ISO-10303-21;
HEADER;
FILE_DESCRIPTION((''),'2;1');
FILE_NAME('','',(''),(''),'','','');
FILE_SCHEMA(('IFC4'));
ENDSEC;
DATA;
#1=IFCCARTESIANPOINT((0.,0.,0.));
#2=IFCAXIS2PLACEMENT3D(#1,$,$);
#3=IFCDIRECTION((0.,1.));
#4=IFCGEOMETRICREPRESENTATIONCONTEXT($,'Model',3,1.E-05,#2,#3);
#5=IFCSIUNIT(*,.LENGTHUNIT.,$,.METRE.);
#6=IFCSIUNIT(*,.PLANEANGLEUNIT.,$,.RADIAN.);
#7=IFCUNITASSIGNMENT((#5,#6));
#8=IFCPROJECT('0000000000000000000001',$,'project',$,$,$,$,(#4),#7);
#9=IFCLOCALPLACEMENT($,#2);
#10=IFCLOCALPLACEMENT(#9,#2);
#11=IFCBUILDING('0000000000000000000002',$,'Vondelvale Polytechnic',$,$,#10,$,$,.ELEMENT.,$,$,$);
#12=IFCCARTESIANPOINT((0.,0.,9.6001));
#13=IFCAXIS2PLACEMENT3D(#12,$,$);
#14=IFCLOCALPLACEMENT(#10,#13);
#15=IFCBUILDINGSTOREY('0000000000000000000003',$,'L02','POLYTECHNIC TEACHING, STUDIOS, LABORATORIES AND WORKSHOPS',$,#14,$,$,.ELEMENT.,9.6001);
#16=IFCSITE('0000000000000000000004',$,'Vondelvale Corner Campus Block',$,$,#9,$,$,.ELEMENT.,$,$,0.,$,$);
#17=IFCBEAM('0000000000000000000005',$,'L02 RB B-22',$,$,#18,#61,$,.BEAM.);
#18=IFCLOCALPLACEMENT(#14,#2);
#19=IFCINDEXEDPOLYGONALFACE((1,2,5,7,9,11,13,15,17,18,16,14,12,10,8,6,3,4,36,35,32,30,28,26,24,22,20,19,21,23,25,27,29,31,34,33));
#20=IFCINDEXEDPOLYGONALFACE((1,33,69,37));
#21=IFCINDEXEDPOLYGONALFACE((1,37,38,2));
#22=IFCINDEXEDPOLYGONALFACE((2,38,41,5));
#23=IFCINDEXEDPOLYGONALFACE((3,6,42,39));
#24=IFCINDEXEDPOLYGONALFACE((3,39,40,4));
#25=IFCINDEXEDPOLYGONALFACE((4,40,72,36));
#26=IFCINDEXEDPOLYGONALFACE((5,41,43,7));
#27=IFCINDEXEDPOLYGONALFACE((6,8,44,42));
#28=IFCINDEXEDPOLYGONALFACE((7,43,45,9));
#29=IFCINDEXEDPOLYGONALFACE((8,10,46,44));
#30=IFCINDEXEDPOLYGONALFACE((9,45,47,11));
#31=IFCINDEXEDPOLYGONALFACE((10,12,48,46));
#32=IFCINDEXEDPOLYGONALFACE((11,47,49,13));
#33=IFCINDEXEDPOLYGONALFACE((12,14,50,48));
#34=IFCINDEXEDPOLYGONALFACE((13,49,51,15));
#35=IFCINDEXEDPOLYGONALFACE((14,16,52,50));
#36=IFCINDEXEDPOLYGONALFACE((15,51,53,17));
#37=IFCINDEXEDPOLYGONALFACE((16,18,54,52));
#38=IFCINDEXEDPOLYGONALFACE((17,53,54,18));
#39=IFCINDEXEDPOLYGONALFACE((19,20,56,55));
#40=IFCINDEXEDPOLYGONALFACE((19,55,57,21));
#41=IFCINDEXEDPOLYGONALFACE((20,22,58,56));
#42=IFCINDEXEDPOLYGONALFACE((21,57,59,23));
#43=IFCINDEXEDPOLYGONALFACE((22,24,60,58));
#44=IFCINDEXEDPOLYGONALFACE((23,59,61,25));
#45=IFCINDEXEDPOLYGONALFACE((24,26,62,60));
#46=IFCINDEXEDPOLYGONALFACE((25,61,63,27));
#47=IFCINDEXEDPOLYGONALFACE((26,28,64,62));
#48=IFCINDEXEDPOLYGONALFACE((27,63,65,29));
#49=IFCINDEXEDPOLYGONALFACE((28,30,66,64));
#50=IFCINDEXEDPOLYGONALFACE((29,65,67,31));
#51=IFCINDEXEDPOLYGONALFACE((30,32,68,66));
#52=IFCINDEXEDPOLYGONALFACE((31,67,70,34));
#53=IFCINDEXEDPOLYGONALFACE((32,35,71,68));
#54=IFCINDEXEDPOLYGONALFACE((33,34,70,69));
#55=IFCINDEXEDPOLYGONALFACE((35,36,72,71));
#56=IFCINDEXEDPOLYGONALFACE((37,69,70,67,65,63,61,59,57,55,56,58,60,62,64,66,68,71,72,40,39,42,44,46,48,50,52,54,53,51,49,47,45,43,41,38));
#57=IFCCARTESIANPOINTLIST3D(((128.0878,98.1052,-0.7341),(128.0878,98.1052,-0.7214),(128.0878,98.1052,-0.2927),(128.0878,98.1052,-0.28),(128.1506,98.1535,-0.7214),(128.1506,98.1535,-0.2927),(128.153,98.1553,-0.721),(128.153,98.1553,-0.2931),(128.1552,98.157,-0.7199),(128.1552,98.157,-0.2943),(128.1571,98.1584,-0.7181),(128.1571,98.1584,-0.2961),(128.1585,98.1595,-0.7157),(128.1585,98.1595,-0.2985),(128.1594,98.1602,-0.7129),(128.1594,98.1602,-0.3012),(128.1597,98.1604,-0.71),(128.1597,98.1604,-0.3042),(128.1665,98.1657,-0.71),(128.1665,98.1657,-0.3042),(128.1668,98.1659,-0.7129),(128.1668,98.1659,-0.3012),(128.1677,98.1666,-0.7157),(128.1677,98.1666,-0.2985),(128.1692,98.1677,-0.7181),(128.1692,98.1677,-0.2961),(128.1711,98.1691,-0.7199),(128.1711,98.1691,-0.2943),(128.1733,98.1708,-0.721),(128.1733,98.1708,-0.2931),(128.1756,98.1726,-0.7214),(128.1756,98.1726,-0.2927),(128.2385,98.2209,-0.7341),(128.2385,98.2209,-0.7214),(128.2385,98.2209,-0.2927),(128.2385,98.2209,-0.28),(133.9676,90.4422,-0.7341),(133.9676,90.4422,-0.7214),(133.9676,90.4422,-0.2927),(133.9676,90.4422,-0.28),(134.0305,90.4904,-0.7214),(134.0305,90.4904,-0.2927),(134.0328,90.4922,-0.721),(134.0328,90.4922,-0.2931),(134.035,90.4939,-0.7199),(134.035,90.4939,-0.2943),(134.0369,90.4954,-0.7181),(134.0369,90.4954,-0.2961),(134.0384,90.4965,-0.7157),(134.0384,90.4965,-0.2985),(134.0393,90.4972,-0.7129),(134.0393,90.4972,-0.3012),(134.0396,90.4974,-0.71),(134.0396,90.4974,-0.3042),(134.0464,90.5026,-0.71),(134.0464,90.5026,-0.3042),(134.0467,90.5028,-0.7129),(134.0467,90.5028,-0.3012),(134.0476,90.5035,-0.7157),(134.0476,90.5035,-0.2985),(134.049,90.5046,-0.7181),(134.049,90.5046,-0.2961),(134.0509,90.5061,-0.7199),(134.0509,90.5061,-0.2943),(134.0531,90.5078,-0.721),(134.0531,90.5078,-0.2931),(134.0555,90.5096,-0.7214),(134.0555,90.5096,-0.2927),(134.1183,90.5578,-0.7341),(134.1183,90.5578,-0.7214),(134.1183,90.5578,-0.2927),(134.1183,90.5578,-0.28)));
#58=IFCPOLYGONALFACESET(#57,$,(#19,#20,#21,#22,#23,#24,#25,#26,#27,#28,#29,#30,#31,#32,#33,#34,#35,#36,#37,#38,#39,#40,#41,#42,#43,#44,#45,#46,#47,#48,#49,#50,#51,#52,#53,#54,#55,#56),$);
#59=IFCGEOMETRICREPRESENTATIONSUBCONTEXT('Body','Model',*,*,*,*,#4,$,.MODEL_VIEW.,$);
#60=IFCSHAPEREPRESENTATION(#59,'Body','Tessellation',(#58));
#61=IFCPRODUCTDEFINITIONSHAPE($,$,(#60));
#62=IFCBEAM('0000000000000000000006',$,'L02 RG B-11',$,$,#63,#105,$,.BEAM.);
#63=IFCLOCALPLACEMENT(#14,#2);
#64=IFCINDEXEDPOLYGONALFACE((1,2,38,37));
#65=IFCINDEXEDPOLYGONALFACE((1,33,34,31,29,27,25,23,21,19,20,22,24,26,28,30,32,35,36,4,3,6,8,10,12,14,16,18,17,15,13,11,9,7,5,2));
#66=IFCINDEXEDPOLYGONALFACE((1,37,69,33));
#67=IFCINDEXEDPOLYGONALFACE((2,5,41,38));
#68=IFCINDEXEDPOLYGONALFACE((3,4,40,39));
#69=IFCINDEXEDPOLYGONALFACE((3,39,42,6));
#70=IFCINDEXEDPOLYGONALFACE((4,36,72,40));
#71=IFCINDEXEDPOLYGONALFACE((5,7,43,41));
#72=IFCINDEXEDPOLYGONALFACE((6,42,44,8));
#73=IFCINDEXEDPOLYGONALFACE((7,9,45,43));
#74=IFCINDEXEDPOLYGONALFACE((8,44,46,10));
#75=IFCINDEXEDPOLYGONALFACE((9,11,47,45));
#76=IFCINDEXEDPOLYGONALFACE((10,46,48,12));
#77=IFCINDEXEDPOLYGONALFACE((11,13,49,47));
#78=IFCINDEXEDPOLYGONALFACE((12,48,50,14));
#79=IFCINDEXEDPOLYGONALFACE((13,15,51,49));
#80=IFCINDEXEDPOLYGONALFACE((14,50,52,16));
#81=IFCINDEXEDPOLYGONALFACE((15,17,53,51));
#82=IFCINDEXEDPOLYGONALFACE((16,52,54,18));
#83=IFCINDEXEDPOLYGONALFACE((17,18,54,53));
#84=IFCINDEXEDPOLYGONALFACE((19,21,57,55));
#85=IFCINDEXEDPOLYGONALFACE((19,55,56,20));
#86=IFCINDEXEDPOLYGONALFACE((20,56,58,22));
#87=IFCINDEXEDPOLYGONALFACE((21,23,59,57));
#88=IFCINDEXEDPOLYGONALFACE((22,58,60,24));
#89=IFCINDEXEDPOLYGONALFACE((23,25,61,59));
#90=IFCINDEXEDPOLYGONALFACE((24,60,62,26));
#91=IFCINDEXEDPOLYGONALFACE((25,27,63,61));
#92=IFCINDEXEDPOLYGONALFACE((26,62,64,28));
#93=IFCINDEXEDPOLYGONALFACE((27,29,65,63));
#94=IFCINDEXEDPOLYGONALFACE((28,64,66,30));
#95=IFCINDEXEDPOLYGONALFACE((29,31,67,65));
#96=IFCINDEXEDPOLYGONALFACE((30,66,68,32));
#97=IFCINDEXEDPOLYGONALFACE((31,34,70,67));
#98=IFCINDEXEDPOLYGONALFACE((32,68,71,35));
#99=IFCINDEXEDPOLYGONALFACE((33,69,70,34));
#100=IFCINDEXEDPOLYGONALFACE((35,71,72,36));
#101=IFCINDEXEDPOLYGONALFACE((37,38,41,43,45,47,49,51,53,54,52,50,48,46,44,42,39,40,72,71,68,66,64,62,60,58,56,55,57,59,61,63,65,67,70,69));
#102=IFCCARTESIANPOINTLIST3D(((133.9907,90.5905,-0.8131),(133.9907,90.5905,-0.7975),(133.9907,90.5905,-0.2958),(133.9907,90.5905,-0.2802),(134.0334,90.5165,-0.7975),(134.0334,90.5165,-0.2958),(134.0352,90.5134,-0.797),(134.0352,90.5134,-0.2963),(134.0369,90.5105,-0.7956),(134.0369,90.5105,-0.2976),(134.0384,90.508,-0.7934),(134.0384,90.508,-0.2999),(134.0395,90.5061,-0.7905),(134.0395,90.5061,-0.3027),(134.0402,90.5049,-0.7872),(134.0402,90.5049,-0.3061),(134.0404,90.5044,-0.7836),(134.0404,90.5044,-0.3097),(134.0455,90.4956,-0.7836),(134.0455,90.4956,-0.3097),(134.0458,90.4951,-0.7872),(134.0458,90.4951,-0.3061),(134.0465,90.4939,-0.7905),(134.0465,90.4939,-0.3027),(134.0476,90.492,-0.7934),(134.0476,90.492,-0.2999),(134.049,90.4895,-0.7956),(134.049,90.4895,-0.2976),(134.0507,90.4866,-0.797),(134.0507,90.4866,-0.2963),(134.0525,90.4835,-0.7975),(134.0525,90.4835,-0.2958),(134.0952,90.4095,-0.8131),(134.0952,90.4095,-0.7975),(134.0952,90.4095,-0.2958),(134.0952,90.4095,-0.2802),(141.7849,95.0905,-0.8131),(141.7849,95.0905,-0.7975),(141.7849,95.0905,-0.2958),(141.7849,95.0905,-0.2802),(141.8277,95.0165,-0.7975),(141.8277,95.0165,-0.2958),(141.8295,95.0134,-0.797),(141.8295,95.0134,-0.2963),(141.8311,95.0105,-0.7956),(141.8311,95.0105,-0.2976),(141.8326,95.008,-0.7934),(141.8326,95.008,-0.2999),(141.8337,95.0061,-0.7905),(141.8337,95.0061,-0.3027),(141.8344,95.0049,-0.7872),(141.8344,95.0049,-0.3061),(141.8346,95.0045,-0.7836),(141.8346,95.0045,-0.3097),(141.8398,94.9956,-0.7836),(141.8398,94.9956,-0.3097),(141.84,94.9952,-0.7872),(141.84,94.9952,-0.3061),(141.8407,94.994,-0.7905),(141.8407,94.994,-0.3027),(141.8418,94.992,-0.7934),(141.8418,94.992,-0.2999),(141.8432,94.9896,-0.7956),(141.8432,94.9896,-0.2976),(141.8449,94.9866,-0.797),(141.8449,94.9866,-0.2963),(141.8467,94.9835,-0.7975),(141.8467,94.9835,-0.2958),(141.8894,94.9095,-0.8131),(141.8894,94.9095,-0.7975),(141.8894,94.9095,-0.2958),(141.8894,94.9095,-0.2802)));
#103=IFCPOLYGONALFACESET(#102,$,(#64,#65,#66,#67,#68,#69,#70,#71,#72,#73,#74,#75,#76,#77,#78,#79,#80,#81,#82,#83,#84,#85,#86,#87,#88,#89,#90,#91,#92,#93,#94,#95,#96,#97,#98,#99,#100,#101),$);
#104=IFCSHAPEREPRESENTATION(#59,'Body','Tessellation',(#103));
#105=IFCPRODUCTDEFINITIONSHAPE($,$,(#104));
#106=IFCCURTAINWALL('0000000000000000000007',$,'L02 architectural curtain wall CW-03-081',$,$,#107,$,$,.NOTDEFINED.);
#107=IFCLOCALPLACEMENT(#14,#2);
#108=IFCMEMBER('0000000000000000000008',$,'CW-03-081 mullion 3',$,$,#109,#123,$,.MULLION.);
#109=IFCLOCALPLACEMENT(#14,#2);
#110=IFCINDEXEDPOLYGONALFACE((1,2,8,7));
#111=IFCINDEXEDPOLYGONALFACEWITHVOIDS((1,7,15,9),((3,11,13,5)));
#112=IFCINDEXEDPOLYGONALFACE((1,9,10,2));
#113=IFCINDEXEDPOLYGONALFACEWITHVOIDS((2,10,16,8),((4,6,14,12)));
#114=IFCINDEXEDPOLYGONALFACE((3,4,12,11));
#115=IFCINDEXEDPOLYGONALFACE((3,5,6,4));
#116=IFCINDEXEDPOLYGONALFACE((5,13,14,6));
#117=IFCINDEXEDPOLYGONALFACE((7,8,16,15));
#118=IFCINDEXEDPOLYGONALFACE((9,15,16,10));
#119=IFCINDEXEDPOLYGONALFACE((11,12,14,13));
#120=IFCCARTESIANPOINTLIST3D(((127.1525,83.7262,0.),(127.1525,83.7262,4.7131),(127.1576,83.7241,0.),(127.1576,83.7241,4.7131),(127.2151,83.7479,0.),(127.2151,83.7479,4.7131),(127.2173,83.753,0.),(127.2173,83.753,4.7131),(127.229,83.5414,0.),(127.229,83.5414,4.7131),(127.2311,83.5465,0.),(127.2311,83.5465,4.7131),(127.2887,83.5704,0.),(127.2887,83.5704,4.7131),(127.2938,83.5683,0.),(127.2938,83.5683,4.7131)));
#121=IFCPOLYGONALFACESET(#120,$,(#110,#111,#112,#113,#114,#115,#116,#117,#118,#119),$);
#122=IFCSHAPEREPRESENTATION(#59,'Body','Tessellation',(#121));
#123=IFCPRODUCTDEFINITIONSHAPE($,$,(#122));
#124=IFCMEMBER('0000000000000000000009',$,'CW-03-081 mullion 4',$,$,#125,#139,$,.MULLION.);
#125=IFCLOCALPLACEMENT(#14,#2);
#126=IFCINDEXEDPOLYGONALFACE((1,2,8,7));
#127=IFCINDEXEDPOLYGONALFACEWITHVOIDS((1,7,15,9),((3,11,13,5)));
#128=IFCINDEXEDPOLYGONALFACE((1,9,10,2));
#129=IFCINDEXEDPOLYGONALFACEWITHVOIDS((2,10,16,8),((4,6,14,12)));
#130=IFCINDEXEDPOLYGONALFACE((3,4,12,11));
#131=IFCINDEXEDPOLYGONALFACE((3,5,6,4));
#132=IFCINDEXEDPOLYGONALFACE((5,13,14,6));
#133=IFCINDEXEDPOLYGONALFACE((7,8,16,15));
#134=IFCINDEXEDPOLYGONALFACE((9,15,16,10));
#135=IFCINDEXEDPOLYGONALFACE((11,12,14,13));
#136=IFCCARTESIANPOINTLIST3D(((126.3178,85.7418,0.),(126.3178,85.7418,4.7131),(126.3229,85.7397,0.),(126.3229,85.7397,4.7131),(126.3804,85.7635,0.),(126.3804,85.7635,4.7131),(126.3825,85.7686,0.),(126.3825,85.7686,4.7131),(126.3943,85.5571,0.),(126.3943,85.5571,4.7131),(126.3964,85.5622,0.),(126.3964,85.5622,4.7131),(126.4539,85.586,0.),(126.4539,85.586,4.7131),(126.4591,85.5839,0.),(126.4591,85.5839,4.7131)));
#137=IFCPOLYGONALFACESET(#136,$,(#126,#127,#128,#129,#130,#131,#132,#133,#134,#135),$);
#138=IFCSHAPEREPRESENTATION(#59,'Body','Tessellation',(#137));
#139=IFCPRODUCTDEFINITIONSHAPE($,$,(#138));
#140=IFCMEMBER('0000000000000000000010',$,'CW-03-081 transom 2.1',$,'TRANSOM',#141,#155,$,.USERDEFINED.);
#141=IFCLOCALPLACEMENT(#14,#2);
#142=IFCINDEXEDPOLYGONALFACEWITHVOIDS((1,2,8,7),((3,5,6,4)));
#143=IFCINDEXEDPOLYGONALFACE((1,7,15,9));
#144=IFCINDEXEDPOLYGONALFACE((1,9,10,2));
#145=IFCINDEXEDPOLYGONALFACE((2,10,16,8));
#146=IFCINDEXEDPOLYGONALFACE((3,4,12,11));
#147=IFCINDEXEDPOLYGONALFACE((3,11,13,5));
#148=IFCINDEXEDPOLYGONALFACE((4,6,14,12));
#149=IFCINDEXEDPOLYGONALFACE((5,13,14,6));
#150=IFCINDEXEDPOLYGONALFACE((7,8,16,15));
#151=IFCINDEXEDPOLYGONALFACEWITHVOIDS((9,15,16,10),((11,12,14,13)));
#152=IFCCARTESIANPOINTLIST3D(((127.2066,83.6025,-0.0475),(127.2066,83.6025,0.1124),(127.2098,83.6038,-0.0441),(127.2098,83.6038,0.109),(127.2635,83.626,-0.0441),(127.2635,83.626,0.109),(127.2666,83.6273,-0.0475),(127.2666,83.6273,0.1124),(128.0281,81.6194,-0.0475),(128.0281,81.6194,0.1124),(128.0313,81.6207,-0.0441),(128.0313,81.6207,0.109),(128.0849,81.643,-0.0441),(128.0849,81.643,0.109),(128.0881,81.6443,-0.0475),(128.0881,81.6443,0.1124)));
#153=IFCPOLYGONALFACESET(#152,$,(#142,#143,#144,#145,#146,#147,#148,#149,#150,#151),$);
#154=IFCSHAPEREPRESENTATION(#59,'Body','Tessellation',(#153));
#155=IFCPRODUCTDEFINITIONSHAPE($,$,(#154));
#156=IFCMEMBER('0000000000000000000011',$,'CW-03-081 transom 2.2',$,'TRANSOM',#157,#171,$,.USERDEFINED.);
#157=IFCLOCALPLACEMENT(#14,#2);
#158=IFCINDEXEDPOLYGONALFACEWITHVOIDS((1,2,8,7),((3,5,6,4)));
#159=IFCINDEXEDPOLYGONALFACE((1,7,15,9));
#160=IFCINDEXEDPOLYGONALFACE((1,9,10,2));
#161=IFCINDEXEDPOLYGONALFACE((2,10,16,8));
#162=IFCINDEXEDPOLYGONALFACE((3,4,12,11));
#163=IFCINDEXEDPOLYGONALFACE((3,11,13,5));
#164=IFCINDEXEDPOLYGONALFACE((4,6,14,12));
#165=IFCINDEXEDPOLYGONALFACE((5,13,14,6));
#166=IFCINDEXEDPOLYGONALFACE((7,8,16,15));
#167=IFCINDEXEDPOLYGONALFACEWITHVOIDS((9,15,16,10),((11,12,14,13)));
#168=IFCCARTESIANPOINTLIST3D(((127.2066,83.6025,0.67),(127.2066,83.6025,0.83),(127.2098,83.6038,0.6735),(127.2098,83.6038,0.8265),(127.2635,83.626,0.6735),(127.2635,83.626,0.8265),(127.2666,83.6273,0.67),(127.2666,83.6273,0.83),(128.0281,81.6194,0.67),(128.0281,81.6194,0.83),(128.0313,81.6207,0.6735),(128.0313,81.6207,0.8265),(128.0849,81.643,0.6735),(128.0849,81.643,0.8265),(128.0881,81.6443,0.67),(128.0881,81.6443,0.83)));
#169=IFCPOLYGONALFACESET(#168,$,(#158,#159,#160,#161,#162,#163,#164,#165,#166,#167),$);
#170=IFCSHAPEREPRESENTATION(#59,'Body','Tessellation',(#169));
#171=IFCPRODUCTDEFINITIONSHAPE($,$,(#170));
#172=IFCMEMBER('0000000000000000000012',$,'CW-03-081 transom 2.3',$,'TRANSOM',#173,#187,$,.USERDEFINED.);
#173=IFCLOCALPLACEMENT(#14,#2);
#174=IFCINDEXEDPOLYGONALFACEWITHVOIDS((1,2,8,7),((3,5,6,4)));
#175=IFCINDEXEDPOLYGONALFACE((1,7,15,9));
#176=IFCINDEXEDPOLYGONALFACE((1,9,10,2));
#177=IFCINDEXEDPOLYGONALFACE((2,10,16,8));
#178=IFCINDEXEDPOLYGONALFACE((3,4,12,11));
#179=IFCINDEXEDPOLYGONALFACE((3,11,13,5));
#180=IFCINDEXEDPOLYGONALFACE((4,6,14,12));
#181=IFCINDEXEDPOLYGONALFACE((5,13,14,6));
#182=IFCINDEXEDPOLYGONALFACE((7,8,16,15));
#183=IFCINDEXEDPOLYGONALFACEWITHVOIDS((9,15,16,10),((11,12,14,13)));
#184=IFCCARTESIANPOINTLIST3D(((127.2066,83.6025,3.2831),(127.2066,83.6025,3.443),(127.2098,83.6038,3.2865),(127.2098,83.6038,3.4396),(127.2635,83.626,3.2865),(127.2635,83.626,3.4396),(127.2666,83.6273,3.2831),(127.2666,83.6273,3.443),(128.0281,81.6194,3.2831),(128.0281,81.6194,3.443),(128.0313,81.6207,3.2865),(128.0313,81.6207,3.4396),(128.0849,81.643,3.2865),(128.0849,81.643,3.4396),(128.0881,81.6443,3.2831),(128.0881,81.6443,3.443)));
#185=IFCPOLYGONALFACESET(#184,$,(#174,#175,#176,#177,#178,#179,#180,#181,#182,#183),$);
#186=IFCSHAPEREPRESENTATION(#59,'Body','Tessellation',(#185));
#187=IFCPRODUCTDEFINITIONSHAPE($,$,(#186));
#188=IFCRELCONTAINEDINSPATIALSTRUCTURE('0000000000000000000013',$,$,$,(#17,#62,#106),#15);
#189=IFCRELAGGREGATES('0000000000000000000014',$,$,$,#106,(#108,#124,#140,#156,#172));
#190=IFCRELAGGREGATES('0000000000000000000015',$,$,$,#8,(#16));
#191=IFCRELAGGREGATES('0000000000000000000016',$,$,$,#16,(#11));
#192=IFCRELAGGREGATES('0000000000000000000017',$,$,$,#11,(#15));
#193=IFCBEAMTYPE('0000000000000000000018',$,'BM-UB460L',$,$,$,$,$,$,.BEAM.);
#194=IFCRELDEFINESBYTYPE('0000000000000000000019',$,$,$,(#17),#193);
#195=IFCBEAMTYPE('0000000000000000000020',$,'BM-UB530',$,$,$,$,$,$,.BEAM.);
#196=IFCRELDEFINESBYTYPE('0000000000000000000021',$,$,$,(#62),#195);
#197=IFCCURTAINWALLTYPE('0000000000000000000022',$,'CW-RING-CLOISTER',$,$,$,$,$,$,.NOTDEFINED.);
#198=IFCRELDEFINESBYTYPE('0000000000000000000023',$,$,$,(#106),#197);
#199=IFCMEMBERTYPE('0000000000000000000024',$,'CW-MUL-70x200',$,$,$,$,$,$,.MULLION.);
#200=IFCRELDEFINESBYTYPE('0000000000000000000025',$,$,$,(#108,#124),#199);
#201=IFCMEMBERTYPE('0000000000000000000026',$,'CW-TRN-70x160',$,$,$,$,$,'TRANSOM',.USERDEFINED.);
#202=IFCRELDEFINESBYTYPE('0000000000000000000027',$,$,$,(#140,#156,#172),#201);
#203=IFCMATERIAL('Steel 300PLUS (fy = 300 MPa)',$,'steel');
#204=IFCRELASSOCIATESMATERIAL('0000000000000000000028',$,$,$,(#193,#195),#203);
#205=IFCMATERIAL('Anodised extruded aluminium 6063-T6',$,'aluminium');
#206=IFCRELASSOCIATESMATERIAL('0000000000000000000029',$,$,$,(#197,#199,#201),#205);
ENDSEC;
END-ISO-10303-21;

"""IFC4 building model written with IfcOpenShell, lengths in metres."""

from ifc_helpers import new_model, si_unit, direction, frame, origin, origin_2d, place, context, subcontext, project, spatial, hollow_rectangle, i_section, extrude, material, material_profile, profile_set, type_object, element, aggregate, save


model = new_model("IFC4")

# Units and contexts
model_context = context("Model", 3, precision=1e-05, world=origin(), true_north=direction((0.0, 1.0)))
body_context = subcontext(model_context, "Body", "Model", "MODEL_VIEW")
ifc_project = project(units=[si_unit("LENGTHUNIT", "METRE"), si_unit("PLANEANGLEUNIT", "RADIAN")], contexts=[model_context])

# Site, building, storey
site_placement = place(None, origin())
site = spatial("IfcSite", under=ifc_project, at=site_placement, Name="Vondelvale Corner Campus Block", CompositionType="ELEMENT", RefElevation=0.0)
building_placement = place(site_placement, origin())
building = spatial("IfcBuilding", under=site, at=building_placement, Name="Vondelvale Polytechnic", CompositionType="ELEMENT")
storey_placement = place(building_placement, frame((0.0, 0.0, 9.6001)))
storey = spatial("IfcBuildingStorey", under=building, at=storey_placement, Name="L02", Description="POLYTECHNIC TEACHING, STUDIOS, LABORATORIES AND WORKSHOPS", CompositionType="ELEMENT", Elevation=9.6001)

# Shared definitions
ifc_material_1 = material(Name="Steel 300PLUS (fy = 300 MPa)", Category="steel")

# Beams
ifc_material_profile_1 = material_profile(ifc_material_1, i_section(OverallWidth=0.1899, OverallDepth=0.4541, WebThickness=0.0085, FlangeThickness=0.0127, FilletRadius=0.0115, at=origin_2d()), Name="460UB67.1")
ifc_profile_set_1 = profile_set([ifc_material_profile_1], Name="Steel 300PLUS (fy = 300 MPa)")
beam_type_1 = type_object("IfcBeamType", Name="BM-UB460L", PredefinedType="BEAM", material=ifc_profile_set_1)
beam_1_placement = place(storey_placement, frame((134.043, 90.5, -0.5071), z_axis=(-0.608748, 0.793364, 0.0), x_axis=(-0.793364, -0.608748, 0.0)))
element("IfcBeam", 1, at=beam_1_placement, inside=storey, type_object=beam_type_1, Name="L02 RB B-22", PredefinedType="BEAM", context=body_context, shape_type="SweptSolid", body=[
    extrude(i_section(OverallWidth=0.1899, OverallDepth=0.4541, WebThickness=0.0085, FlangeThickness=0.0127, FilletRadius=0.0115, at=origin_2d()), origin(), (0.0, 0.0, 1.0), 9.6589),
])
ifc_material_profile_2 = material_profile(ifc_material_1, i_section(OverallWidth=0.209, OverallDepth=0.533, WebThickness=0.0103, FlangeThickness=0.0156, FilletRadius=0.0139, at=origin_2d()), Name="530UB92.4")
ifc_profile_set_2 = profile_set([ifc_material_profile_2], Name="Steel 300PLUS (fy = 300 MPa)")
beam_type_2 = type_object("IfcBeamType", Name="BM-UB530", PredefinedType="BEAM", material=ifc_profile_set_2)
beam_2_placement = place(storey_placement, frame((134.043, 90.5, -0.5466), z_axis=(0.866024, 0.500002, 0.0), x_axis=(-0.500002, 0.866024, 0.0)))
element("IfcBeam", 2, at=beam_2_placement, inside=storey, type_object=beam_type_2, Name="L02 RG B-11", PredefinedType="BEAM", context=body_context, shape_type="SweptSolid", body=[
    extrude(i_section(OverallWidth=0.209, OverallDepth=0.533, WebThickness=0.0103, FlangeThickness=0.0156, FilletRadius=0.0139, at=origin_2d()), origin(), (0.0, 0.0, 1.0), 9.0),
])

# Curtain wall, members
ifc_material_2 = material(Name="Anodised extruded aluminium 6063-T6", Category="aluminium")
curtain_wall_type = type_object("IfcCurtainWallType", Name="CW-RING-CLOISTER", PredefinedType="NOTDEFINED", material=ifc_material_2)
curtain_wall_placement = place(storey_placement, origin())
curtain_wall = element("IfcCurtainWall", 3, at=curtain_wall_placement, inside=storey, type_object=curtain_wall_type, Name="L02 architectural curtain wall CW-03-081", PredefinedType="NOTDEFINED")
ifc_material_profile_3 = material_profile(ifc_material_2, hollow_rectangle(XDim=0.0701, YDim=0.2, WallThickness=0.0039, at=origin_2d()), Name="CW-MUL-200x70")
ifc_profile_set_3 = profile_set([ifc_material_profile_3], Name="Anodised extruded aluminium 6063-T6")
member_type_1 = type_object("IfcMemberType", Name="CW-MUL-70x200", PredefinedType="MULLION", material=ifc_profile_set_3)
member_1_placement = place(storey_placement, frame((127.2231, 83.6472, 0.0), z_axis=(0.0, 0.0, 1.0), x_axis=(-0.923882, -0.382679, 0.0)))
member_1 = element("IfcMember", 4, at=member_1_placement, type_object=member_type_1, Name="CW-03-081 mullion 3", PredefinedType="MULLION", context=body_context, shape_type="SweptSolid", body=[
    extrude(hollow_rectangle(XDim=0.0701, YDim=0.2, WallThickness=0.0039, at=origin_2d()), origin(), (0.0, 0.0, 1.0), 4.7131),
])
member_2_placement = place(storey_placement, frame((126.3884, 85.6628, 0.0), z_axis=(0.0, 0.0, 1.0), x_axis=(-0.923882, -0.382679, 0.0)))
member_2 = element("IfcMember", 5, at=member_2_placement, type_object=member_type_1, Name="CW-03-081 mullion 4", PredefinedType="MULLION", context=body_context, shape_type="SweptSolid", body=[
    extrude(hollow_rectangle(XDim=0.0701, YDim=0.2, WallThickness=0.0039, at=origin_2d()), origin(), (0.0, 0.0, 1.0), 4.7131),
])
ifc_material_profile_4 = material_profile(ifc_material_2, hollow_rectangle(XDim=0.0649, YDim=0.1599, WallThickness=0.0034, at=origin_2d()), Name="CW-TRN-160x65")
ifc_profile_set_4 = profile_set([ifc_material_profile_4], Name="Anodised extruded aluminium 6063-T6")
member_type_2 = type_object("IfcMemberType", Name="CW-TRN-70x160", ElementType="TRANSOM", PredefinedType="USERDEFINED", material=ifc_profile_set_4)
member_3_placement = place(storey_placement, frame((128.0581, 81.6318, 0.0325), z_axis=(-0.382717, 0.923866, 0.0), x_axis=(-0.923866, -0.382717, 0.0)))
member_3 = element("IfcMember", 6, at=member_3_placement, type_object=member_type_2, Name="CW-03-081 transom 2.1", ObjectType="TRANSOM", PredefinedType="USERDEFINED", context=body_context, shape_type="SweptSolid", body=[
    extrude(hollow_rectangle(XDim=0.0649, YDim=0.1599, WallThickness=0.0034, at=origin_2d()), origin(), (0.0, 0.0, 1.0), 2.1465),
])
member_4_placement = place(storey_placement, frame((128.0581, 81.6318, 0.75), z_axis=(-0.382717, 0.923866, 0.0), x_axis=(-0.923866, -0.382717, 0.0)))
member_4 = element("IfcMember", 7, at=member_4_placement, type_object=member_type_2, Name="CW-03-081 transom 2.2", ObjectType="TRANSOM", PredefinedType="USERDEFINED", context=body_context, shape_type="SweptSolid", body=[
    extrude(hollow_rectangle(XDim=0.0649, YDim=0.1599, WallThickness=0.0034, at=origin_2d()), origin(), (0.0, 0.0, 1.0), 2.1465),
])
member_5_placement = place(storey_placement, frame((128.0581, 81.6318, 3.363), z_axis=(-0.382717, 0.923866, 0.0), x_axis=(-0.923866, -0.382717, 0.0)))
member_5 = element("IfcMember", 8, at=member_5_placement, type_object=member_type_2, Name="CW-03-081 transom 2.3", ObjectType="TRANSOM", PredefinedType="USERDEFINED", context=body_context, shape_type="SweptSolid", body=[
    extrude(hollow_rectangle(XDim=0.0649, YDim=0.1599, WallThickness=0.0034, at=origin_2d()), origin(), (0.0, 0.0, 1.0), 2.1465),
])

aggregate(curtain_wall, [member_1, member_2, member_3, member_4, member_5])

save(model, "model.ifc")
